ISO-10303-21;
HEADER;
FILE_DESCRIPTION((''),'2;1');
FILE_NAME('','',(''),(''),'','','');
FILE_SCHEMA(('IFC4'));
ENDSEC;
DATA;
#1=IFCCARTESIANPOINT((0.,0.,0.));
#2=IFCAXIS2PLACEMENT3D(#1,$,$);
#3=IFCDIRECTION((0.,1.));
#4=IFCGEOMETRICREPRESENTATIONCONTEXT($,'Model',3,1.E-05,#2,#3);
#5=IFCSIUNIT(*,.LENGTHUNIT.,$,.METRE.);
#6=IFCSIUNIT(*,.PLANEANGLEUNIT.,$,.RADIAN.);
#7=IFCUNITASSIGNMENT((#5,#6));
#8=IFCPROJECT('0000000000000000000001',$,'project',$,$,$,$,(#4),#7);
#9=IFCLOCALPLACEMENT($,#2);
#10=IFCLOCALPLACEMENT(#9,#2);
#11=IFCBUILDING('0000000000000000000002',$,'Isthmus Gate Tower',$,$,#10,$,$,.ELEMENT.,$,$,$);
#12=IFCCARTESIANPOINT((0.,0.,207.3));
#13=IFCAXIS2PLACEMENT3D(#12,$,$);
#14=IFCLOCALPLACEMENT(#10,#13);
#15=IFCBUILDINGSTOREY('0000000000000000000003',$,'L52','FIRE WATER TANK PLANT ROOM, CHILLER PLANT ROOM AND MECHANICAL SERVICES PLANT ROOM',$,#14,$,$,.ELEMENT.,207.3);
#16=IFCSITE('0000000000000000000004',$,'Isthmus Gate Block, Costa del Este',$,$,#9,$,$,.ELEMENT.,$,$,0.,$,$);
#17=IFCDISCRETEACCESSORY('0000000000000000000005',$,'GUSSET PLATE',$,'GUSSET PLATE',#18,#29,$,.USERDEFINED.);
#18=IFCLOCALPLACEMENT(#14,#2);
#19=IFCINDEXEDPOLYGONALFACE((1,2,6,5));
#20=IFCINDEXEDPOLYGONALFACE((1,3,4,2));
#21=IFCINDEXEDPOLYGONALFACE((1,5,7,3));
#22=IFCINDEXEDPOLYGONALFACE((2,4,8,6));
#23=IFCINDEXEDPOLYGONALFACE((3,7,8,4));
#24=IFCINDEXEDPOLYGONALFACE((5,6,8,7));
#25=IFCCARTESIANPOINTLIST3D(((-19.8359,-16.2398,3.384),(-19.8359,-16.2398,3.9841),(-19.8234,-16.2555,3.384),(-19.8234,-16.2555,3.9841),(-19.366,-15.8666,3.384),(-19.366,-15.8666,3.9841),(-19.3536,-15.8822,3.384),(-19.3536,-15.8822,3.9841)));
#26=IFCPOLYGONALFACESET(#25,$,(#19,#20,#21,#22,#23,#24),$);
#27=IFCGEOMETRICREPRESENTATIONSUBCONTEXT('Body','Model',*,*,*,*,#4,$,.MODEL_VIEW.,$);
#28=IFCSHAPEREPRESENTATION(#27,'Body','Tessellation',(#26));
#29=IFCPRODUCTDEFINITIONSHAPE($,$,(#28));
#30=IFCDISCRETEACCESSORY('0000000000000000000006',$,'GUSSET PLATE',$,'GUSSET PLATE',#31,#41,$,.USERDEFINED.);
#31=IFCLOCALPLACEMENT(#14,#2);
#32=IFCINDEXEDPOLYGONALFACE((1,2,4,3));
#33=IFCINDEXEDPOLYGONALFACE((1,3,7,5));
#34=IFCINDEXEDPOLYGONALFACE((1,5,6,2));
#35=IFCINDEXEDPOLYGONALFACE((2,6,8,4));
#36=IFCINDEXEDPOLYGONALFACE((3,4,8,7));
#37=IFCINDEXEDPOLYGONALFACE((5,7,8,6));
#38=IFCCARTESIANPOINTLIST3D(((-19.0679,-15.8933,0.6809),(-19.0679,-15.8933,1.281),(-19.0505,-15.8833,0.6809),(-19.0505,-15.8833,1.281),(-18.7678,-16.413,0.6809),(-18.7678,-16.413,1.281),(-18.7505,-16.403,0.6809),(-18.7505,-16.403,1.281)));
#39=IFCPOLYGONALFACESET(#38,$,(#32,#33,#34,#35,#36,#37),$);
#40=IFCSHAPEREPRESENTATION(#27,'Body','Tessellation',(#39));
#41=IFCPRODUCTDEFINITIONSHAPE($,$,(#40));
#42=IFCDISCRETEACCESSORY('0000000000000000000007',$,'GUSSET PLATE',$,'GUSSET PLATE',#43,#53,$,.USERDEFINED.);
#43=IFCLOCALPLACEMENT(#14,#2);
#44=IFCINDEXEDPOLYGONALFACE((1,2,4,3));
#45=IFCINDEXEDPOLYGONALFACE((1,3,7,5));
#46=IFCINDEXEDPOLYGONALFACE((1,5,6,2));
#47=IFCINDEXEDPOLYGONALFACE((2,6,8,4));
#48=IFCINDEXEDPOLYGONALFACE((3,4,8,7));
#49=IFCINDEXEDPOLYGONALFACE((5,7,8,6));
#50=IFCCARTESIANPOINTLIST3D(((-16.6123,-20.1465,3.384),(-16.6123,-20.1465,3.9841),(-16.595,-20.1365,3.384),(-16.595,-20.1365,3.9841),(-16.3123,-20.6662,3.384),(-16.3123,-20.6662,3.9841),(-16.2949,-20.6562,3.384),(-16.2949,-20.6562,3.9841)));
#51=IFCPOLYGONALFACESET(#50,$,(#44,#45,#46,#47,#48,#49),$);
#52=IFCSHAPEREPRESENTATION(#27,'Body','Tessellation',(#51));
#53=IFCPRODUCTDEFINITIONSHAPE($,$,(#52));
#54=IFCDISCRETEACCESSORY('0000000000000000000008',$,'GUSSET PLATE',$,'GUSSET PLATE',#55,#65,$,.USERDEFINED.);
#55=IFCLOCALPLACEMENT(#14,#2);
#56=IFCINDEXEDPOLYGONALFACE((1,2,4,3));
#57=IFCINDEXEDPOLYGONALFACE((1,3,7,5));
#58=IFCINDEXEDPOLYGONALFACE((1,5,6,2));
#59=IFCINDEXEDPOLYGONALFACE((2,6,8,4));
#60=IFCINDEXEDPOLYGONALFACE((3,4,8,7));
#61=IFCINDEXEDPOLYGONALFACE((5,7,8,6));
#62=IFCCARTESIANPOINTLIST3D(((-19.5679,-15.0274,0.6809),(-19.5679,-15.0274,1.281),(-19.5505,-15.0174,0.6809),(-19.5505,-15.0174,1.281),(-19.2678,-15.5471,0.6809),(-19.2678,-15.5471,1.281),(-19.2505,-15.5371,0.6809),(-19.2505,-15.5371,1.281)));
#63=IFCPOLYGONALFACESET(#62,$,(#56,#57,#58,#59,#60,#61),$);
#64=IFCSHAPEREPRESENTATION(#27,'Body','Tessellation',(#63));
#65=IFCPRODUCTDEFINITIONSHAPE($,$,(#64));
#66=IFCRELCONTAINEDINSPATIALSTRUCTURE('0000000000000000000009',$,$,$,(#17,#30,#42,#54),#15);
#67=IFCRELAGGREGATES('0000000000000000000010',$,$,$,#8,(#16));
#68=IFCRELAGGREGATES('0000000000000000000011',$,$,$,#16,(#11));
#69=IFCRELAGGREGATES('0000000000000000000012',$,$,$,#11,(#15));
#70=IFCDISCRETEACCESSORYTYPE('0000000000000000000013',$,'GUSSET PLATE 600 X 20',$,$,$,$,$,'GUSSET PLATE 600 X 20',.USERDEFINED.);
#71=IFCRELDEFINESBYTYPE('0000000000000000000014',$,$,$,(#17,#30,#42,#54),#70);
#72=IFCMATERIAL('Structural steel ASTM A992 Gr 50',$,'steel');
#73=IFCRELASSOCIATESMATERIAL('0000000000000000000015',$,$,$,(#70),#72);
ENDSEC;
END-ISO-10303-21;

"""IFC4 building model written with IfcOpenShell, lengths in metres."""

from ifc_helpers import new_model, si_unit, direction, frame, origin, origin_2d, place, context, subcontext, project, spatial, rectangle, extrude, material, type_object, element, save


model = new_model("IFC4")

# Units and contexts
model_context = context("Model", 3, precision=1e-05, world=origin(), true_north=direction((0.0, 1.0)))
body_context = subcontext(model_context, "Body", "Model", "MODEL_VIEW")
ifc_project = project(units=[si_unit("LENGTHUNIT", "METRE"), si_unit("PLANEANGLEUNIT", "RADIAN")], contexts=[model_context])

# Site, building, storey
site_placement = place(None, origin())
site = spatial("IfcSite", under=ifc_project, at=site_placement, Name="Isthmus Gate Block, Costa del Este", CompositionType="ELEMENT", RefElevation=0.0)
building_placement = place(site_placement, origin())
building = spatial("IfcBuilding", under=site, at=building_placement, Name="Isthmus Gate Tower", CompositionType="ELEMENT")
storey_placement = place(building_placement, frame((0.0, 0.0, 207.3)))
storey = spatial("IfcBuildingStorey", under=building, at=storey_placement, Name="L52", Description="FIRE WATER TANK PLANT ROOM, CHILLER PLANT ROOM AND MECHANICAL SERVICES PLANT ROOM", CompositionType="ELEMENT", Elevation=207.3)

# Discrete accessories
ifc_material_1 = material(Name="Structural steel ASTM A992 Gr 50", Category="steel")
discrete_accessory_type = type_object("IfcDiscreteAccessoryType", Name="GUSSET PLATE 600 X 20", ElementType="GUSSET PLATE 600 X 20", PredefinedType="USERDEFINED", material=ifc_material_1)
for number, where, z_axis, x_axis, name in (
    (1, (-19.5947, -16.061, 3.384), (0.0, 0.0, 1.0), (0.782985, 0.622041, 0.0), "GUSSET PLATE"),
    (2, (-18.9092, -16.1482, 0.6809), (0.0, 0.0, 1.0), (0.5, -0.866025, 0.0), "GUSSET PLATE"),
    (3, (-16.4536, -20.4014, 3.384), (0.0, 0.0, 1.0), (0.5, -0.866025, 0.0), "GUSSET PLATE"),
    (4, (-19.4092, -15.2822, 0.6809), (0.0, 0.0, 1.0), (-0.5, 0.866025, 0.0), "GUSSET PLATE"),
):
    element("IfcDiscreteAccessory", number, at=place(storey_placement, frame(where, z_axis=z_axis, x_axis=x_axis)), inside=storey, type_object=discrete_accessory_type, Name=name, ObjectType="GUSSET PLATE", PredefinedType="USERDEFINED", context=body_context, shape_type="SweptSolid", body=[
        extrude(rectangle(XDim=0.6001, YDim=0.02, at=origin_2d()), origin(), (0.0, 0.0, 1.0), 0.6001),
    ])

save(model, "model.ifc")
